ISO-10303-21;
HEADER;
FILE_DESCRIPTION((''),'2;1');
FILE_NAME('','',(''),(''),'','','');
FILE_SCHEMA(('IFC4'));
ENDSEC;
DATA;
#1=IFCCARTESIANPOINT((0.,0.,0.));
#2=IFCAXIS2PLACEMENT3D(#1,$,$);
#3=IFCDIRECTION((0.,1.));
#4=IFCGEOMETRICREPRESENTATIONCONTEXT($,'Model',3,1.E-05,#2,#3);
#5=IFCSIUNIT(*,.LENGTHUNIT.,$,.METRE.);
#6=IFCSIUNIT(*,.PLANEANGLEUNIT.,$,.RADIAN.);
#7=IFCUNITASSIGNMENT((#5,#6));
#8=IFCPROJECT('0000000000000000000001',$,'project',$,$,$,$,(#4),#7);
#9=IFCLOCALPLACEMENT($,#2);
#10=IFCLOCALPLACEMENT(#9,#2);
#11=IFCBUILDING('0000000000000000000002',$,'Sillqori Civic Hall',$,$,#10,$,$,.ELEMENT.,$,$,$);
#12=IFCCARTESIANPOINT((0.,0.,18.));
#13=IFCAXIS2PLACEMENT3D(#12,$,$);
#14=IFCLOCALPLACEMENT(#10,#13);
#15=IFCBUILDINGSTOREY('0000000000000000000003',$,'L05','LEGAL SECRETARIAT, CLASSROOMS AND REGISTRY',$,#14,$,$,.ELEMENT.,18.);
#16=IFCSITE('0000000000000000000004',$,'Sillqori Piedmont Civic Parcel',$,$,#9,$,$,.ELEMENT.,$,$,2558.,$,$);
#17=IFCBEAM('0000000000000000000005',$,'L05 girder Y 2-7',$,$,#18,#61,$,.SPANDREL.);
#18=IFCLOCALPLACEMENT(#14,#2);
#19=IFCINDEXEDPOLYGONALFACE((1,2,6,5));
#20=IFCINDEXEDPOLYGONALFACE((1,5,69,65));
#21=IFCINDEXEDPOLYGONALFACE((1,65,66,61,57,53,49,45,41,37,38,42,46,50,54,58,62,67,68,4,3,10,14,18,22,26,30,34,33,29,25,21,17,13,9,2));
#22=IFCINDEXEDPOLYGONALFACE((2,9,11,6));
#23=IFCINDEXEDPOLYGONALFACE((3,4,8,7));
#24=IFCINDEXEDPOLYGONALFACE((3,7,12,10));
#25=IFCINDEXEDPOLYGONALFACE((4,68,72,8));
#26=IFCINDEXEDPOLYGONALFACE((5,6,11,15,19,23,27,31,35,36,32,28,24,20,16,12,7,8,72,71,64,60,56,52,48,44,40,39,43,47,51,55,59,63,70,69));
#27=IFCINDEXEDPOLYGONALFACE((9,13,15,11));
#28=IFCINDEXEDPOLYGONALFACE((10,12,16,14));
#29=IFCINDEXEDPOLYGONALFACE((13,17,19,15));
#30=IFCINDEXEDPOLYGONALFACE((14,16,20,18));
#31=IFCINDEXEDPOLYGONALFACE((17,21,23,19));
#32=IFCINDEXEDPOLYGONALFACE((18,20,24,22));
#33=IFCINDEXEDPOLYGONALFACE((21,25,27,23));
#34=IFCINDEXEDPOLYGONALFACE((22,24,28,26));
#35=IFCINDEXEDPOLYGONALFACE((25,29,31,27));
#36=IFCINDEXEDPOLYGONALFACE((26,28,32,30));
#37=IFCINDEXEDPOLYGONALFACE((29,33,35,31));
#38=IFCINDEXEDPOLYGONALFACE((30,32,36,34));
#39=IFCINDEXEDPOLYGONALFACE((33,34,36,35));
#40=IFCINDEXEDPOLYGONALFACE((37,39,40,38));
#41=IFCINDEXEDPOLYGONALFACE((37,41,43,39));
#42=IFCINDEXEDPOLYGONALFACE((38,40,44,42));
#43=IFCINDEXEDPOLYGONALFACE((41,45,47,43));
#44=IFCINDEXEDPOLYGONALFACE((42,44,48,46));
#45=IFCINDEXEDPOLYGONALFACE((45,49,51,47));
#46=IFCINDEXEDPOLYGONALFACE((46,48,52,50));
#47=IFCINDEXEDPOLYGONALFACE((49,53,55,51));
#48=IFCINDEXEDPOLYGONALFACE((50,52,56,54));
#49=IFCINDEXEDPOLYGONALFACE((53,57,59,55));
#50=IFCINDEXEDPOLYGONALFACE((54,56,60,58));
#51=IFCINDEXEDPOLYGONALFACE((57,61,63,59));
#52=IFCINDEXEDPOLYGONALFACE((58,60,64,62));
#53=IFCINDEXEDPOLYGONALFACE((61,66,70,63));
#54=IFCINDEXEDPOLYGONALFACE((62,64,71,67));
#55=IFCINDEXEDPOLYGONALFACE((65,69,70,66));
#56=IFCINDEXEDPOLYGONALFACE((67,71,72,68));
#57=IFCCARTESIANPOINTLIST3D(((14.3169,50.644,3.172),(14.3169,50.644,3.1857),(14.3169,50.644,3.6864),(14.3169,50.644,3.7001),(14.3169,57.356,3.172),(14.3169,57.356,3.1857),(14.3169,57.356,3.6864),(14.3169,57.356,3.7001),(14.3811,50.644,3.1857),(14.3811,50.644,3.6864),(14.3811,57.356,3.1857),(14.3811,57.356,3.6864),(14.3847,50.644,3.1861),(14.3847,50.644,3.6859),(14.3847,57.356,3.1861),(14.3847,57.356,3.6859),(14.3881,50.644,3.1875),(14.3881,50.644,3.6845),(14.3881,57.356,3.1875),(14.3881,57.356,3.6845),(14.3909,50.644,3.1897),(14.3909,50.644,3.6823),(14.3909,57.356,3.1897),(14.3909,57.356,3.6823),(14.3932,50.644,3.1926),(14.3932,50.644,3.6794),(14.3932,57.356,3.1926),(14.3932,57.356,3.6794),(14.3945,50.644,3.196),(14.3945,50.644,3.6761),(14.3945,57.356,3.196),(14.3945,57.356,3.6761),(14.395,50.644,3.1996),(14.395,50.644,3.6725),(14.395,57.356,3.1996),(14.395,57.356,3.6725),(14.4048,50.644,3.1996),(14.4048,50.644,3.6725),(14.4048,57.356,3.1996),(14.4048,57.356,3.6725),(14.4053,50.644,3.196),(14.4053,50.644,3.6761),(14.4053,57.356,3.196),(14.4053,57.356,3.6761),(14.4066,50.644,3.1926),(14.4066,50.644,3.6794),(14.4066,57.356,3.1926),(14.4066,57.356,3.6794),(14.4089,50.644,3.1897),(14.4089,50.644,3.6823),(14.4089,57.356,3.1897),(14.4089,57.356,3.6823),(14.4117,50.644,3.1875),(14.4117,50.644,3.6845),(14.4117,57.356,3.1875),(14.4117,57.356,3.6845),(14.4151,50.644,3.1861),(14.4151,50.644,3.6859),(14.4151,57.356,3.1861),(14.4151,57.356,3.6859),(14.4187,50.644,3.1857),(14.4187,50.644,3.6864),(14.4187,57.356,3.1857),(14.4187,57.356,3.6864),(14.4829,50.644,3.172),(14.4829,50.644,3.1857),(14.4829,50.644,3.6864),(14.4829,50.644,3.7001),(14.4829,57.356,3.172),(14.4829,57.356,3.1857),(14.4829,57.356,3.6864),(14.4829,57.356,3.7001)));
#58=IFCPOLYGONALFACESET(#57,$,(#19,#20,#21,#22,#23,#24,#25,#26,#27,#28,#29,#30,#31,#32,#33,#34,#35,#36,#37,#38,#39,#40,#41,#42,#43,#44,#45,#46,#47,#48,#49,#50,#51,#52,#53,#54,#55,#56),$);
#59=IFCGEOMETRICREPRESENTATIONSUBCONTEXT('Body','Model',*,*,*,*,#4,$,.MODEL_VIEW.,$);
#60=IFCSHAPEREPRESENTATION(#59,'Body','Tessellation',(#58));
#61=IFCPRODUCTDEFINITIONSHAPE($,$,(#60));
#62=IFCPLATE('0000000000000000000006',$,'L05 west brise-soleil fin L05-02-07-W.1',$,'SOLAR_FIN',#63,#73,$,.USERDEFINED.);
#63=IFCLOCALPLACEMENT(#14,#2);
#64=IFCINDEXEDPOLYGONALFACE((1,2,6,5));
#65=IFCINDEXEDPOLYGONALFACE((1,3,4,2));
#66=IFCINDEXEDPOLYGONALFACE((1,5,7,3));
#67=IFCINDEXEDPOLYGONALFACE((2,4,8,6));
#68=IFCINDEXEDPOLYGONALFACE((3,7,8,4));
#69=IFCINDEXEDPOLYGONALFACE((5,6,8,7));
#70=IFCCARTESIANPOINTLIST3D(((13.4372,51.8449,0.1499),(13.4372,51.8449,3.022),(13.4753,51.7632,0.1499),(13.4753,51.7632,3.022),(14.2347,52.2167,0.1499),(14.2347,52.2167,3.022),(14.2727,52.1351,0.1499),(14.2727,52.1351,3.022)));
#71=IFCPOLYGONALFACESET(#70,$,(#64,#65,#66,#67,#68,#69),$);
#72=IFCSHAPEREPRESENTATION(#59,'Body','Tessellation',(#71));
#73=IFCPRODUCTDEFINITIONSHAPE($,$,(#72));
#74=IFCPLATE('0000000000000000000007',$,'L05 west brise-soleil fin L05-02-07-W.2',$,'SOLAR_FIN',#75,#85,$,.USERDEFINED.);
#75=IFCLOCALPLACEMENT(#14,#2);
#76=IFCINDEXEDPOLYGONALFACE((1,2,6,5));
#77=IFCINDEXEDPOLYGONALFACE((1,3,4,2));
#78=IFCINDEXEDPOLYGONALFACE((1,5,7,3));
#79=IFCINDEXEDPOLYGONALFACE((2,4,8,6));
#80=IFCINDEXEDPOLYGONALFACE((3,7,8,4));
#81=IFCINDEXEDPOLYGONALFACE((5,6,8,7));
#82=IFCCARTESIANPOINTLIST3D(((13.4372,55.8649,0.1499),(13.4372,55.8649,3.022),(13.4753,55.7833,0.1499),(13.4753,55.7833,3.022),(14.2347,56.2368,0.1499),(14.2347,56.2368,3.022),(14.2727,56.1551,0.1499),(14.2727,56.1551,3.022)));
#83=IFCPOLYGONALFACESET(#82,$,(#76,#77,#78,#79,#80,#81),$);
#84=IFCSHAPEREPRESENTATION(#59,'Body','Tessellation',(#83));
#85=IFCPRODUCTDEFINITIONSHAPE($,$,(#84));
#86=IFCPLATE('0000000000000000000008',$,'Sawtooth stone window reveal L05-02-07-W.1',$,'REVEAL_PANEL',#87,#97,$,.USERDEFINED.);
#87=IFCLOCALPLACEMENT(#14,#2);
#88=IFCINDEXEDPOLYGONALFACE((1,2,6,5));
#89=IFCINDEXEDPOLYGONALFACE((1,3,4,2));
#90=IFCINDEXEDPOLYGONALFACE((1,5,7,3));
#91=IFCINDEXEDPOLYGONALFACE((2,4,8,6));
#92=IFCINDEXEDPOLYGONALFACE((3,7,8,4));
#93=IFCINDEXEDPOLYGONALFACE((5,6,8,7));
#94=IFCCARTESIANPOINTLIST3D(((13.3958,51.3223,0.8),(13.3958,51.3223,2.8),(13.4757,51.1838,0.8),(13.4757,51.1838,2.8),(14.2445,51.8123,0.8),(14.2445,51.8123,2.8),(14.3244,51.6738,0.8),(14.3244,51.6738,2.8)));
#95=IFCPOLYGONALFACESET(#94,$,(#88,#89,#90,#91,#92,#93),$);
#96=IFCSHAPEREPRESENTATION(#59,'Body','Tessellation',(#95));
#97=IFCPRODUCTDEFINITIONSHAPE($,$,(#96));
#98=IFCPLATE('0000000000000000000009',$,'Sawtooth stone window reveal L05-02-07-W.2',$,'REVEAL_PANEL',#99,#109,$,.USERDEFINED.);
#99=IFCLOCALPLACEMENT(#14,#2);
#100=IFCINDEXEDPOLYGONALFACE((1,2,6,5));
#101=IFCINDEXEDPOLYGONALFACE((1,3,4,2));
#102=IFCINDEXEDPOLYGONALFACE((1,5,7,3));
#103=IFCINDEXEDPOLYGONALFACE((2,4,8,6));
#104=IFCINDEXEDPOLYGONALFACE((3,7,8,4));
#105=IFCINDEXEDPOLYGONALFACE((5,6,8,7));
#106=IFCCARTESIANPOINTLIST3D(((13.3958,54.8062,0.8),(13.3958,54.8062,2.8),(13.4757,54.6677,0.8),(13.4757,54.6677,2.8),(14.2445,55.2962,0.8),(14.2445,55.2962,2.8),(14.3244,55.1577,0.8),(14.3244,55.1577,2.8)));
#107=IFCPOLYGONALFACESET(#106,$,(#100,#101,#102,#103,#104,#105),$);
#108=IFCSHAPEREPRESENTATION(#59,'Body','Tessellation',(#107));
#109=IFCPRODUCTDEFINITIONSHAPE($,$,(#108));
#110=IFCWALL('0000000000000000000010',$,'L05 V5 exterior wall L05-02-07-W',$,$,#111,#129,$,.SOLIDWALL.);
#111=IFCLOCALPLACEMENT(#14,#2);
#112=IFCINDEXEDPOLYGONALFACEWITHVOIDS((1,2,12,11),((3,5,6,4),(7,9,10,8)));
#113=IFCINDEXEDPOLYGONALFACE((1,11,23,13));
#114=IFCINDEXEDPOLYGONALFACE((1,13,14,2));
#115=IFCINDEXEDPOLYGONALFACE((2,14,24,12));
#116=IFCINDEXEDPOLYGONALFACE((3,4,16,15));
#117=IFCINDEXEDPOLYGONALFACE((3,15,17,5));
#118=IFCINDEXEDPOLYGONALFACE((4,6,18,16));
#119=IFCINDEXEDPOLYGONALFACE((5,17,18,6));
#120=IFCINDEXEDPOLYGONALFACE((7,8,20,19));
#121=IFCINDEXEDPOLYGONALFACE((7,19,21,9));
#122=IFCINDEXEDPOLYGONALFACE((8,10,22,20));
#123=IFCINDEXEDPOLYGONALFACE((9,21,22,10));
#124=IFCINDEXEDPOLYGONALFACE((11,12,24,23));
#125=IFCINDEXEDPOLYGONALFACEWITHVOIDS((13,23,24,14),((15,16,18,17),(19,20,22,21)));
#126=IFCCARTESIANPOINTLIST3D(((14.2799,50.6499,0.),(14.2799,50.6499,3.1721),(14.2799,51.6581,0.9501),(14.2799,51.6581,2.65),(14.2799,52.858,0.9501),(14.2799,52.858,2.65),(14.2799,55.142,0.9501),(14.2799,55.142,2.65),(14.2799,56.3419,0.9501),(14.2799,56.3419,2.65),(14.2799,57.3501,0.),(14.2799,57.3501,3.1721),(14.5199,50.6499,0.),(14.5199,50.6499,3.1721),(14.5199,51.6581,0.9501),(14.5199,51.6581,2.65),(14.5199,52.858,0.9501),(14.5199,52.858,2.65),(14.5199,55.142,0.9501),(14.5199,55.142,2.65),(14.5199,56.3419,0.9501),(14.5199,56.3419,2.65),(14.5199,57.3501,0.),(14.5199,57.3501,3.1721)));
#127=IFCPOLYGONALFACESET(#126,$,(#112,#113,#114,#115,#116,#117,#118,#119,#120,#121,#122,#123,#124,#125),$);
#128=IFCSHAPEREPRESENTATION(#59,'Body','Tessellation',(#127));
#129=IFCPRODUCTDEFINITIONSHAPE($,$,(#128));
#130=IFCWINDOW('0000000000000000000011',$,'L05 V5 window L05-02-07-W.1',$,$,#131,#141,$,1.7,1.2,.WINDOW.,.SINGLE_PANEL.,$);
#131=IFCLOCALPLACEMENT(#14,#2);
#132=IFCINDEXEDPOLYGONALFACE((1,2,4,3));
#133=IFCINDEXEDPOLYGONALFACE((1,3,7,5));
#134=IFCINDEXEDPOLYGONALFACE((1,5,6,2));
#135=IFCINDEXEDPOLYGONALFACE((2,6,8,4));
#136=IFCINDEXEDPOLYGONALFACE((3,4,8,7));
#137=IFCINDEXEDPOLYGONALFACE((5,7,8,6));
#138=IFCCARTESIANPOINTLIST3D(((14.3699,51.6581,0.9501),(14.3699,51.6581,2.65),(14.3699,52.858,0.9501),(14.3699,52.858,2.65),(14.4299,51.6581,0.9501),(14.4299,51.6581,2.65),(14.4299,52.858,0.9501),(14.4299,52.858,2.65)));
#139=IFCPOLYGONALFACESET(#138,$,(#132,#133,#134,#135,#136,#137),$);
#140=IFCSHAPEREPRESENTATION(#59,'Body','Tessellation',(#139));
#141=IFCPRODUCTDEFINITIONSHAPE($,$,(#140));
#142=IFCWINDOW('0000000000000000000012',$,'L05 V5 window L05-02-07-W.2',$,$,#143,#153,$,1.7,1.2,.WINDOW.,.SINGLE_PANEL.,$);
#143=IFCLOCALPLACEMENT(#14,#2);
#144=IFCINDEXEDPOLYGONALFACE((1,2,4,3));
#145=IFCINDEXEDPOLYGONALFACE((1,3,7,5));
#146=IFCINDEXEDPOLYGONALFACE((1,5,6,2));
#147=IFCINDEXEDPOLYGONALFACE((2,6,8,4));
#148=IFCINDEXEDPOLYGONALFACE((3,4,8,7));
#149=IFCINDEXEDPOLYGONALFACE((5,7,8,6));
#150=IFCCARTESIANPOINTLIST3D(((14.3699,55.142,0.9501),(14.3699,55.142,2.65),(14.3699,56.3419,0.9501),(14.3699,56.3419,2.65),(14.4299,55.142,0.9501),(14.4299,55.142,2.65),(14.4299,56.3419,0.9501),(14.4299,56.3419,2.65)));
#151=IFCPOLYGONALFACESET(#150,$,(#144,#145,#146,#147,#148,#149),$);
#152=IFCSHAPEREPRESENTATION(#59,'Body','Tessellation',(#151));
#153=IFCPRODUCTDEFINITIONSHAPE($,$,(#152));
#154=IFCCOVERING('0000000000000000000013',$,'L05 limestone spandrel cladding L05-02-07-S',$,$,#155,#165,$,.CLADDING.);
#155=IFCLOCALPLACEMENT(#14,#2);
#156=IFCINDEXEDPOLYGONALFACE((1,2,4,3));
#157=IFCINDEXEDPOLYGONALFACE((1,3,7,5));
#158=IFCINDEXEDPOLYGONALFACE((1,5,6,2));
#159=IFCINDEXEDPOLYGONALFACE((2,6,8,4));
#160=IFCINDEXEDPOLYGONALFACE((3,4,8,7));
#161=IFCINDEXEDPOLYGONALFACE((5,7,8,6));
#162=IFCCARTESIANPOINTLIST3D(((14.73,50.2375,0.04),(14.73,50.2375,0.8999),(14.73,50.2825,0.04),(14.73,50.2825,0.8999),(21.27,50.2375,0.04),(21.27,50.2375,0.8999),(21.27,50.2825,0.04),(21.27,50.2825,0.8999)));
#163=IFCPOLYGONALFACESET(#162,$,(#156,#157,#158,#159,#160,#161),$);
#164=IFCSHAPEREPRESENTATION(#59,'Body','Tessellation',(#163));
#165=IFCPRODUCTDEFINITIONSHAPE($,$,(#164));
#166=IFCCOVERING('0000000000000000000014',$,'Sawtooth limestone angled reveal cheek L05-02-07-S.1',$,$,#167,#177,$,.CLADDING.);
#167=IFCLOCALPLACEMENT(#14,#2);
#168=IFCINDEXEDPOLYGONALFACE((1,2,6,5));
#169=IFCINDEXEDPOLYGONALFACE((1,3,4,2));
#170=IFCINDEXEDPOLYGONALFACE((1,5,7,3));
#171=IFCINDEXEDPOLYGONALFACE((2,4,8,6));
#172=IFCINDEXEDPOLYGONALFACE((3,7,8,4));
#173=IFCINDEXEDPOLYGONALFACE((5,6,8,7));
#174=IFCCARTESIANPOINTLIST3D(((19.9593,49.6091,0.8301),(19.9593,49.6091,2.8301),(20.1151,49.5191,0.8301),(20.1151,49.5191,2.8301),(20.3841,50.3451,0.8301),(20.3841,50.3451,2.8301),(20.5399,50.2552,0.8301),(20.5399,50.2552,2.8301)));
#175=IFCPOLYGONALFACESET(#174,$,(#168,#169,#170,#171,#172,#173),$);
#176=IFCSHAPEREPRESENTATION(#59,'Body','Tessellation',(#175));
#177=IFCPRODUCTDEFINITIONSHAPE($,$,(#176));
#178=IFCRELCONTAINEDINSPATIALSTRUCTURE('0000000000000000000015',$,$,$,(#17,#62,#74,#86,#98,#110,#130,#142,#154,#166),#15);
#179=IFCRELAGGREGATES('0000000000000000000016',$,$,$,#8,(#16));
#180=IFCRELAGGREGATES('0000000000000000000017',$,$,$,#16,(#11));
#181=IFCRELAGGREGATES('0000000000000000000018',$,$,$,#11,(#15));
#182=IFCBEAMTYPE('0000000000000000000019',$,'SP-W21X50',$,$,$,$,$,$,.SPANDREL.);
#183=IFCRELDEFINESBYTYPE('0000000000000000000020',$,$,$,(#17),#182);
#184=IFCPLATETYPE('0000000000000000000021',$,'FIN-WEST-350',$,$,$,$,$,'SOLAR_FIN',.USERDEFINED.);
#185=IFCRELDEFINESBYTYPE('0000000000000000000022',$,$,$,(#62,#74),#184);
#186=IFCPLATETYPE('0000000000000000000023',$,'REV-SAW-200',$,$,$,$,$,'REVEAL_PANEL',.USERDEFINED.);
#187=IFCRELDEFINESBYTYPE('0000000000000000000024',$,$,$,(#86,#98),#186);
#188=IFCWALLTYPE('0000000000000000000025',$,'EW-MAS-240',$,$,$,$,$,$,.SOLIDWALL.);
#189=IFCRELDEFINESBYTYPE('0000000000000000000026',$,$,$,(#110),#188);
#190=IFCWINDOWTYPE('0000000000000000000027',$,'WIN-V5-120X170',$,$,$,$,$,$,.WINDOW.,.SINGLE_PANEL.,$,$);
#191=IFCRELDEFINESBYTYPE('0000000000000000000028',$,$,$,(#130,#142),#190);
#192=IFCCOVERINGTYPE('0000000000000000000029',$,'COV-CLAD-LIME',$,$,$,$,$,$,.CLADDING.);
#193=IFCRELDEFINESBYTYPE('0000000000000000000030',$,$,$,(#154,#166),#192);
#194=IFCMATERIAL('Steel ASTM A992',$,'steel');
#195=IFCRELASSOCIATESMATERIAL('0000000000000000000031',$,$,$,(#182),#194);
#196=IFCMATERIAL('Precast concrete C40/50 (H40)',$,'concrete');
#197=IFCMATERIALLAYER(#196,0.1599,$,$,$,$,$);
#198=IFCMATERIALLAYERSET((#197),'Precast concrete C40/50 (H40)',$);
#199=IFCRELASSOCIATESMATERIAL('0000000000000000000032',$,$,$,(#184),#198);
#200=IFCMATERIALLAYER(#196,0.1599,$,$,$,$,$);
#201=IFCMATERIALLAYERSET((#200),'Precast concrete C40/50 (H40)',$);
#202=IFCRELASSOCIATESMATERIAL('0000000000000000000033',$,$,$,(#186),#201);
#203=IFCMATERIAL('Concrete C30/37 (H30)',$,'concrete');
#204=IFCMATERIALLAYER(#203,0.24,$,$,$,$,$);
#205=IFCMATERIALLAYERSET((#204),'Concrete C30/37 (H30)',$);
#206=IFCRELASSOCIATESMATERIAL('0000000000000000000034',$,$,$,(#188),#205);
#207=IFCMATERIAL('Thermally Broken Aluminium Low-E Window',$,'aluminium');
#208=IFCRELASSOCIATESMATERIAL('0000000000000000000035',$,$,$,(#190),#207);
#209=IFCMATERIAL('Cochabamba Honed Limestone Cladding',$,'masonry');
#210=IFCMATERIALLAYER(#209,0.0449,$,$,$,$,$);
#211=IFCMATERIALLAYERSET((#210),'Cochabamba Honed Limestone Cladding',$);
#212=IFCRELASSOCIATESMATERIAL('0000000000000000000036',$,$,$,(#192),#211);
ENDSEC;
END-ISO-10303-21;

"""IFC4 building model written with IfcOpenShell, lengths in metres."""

from ifc_helpers import new_model, si_unit, direction, frame, frame_2d, origin, origin_2d, place, context, subcontext, project, spatial, rectangle, i_section, extrude, material, layer, layer_set, material_profile, profile_set, type_object, element, fill, save


model = new_model("IFC4")

# Units and contexts
model_context = context("Model", 3, precision=1e-05, world=origin(), true_north=direction((0.0, 1.0)))
body_context = subcontext(model_context, "Body", "Model", "MODEL_VIEW")
ifc_project = project(units=[si_unit("LENGTHUNIT", "METRE"), si_unit("PLANEANGLEUNIT", "RADIAN")], contexts=[model_context])

# Site, building, storey
site_placement = place(None, origin())
site = spatial("IfcSite", under=ifc_project, at=site_placement, Name="Sillqori Piedmont Civic Parcel", CompositionType="ELEMENT", RefElevation=2558.0)
building_placement = place(site_placement, origin())
building = spatial("IfcBuilding", under=site, at=building_placement, Name="Sillqori Civic Hall", CompositionType="ELEMENT")
storey_placement = place(building_placement, frame((0.0, 0.0, 18.0)))
storey = spatial("IfcBuildingStorey", under=building, at=storey_placement, Name="L05", Description="LEGAL SECRETARIAT, CLASSROOMS AND REGISTRY", CompositionType="ELEMENT", Elevation=18.0)

# Beam
ifc_material_1 = material(Name="Steel ASTM A992", Category="steel")
ifc_material_profile_1 = material_profile(ifc_material_1, i_section(OverallWidth=0.166, OverallDepth=0.5281, WebThickness=0.0098, FlangeThickness=0.0137, FilletRadius=0.0139, at=origin_2d()), Name="W21X50")
ifc_profile_set_1 = profile_set([ifc_material_profile_1], Name="Steel ASTM A992")
beam_type_1 = type_object("IfcBeamType", Name="SP-W21X50", PredefinedType="SPANDREL", material=ifc_profile_set_1)
for number, where, z_axis, x_axis, name in (
    (1, (14.3999, 50.644, 3.436), (0.0, 1.0, 0.0), (-1.0, 0.0, 0.0), "L05 girder Y 2-7"),
):
    element("IfcBeam", number, at=place(storey_placement, frame(where, z_axis=z_axis, x_axis=x_axis)), inside=storey, type_object=beam_type_1, Name=name, PredefinedType="SPANDREL", context=body_context, shape_type="SweptSolid", body=[
        extrude(i_section(OverallWidth=0.166, OverallDepth=0.5281, WebThickness=0.0098, FlangeThickness=0.0137, FilletRadius=0.0139, at=origin_2d()), origin(), (0.0, 0.0, 1.0), 6.7119),
    ])

# Plates
ifc_material_2 = material(Name="Precast concrete C40/50 (H40)", Category="concrete")
ifc_layer_1 = layer(ifc_material_2, 0.1599)
ifc_layer_set_1 = layer_set([ifc_layer_1], Name="Precast concrete C40/50 (H40)")
plate_type_1 = type_object("IfcPlateType", Name="FIN-WEST-350", ElementType="SOLAR_FIN", PredefinedType="USERDEFINED", material=ifc_layer_set_1)
for number, where, z_axis, x_axis, name in (
    (2, (13.855, 51.99, 0.1499), (0.0, 0.0, 1.0), (-0.422618, 0.906308, 0.0), "L05 west brise-soleil fin L05-02-07-W.1"),
    (3, (13.855, 56.01, 0.1499), (0.0, 0.0, 1.0), (-0.422618, 0.906308, 0.0), "L05 west brise-soleil fin L05-02-07-W.2"),
):
    element("IfcPlate", number, at=place(storey_placement, frame(where, z_axis=z_axis, x_axis=x_axis)), inside=storey, type_object=plate_type_1, Name=name, ObjectType="SOLAR_FIN", PredefinedType="USERDEFINED", context=body_context, shape_type="SweptSolid", body=[
        extrude(rectangle(XDim=0.0901, YDim=0.8799, at=origin_2d()), origin(), (0.0, 0.0, 1.0), 2.8721),
    ])
ifc_layer_2 = layer(ifc_material_2, 0.1599)
ifc_layer_set_2 = layer_set([ifc_layer_2], Name="Precast concrete C40/50 (H40)")
plate_type_2 = type_object("IfcPlateType", Name="REV-SAW-200", ElementType="REVEAL_PANEL", PredefinedType="USERDEFINED", material=ifc_layer_set_2)
for number, where, z_axis, x_axis, name in (
    (4, (13.8601, 51.498, 0.8), (0.0, 0.0, 1.0), (-0.5, 0.866025, 0.0), "Sawtooth stone window reveal L05-02-07-W.1"),
    (5, (13.8601, 54.9819, 0.8), (0.0, 0.0, 1.0), (-0.5, 0.866025, 0.0), "Sawtooth stone window reveal L05-02-07-W.2"),
):
    element("IfcPlate", number, at=place(storey_placement, frame(where, z_axis=z_axis, x_axis=x_axis)), inside=storey, type_object=plate_type_2, Name=name, ObjectType="REVEAL_PANEL", PredefinedType="USERDEFINED", context=body_context, shape_type="SweptSolid", body=[
        extrude(rectangle(XDim=0.1599, YDim=0.98, at=origin_2d()), origin(), (0.0, 0.0, 1.0), 2.0),
    ])

# Wall, openings, windows
ifc_material_3 = material(Name="Concrete C30/37 (H30)", Category="concrete")
ifc_layer_3 = layer(ifc_material_3, 0.24)
ifc_layer_set_3 = layer_set([ifc_layer_3], Name="Concrete C30/37 (H30)")
wall_type = type_object("IfcWallType", Name="EW-MAS-240", PredefinedType="SOLIDWALL", material=ifc_layer_set_3)
wall_placement = place(storey_placement, frame((14.3999, 50.6499, 0.0), z_axis=(0.0, 0.0, 1.0), x_axis=(0.0, 1.0, 0.0)))
wall = element("IfcWall", 6, at=wall_placement, inside=storey, type_object=wall_type, Name="L05 V5 exterior wall L05-02-07-W", PredefinedType="SOLIDWALL", context=body_context, shape_type="SweptSolid", body=[
    extrude(rectangle(XDim=6.7002, YDim=0.24, at=frame_2d((3.3501, 0.0))), origin(), (0.0, 0.0, 1.0), 3.1721),
])
opening_1_placement = place(wall_placement, frame((1.0081, 0.0, 0.95)))
opening_1 = element("IfcOpeningElement", 7, at=opening_1_placement, cuts=wall, PredefinedType="OPENING", context=body_context, shape_type="SweptSolid", body=[
    extrude(rectangle(XDim=1.2, YDim=1.7, at=frame_2d((0.6001, 0.8501))), frame((0.0, 0.1299, 0.0), z_axis=(0.0, -1.0, 0.0), x_axis=(1.0, 0.0, 0.0)), (0.0, 0.0, 1.0), 0.26),
])
opening_2_placement = place(wall_placement, frame((4.4919, 0.0, 0.95)))
opening_2 = element("IfcOpeningElement", 8, at=opening_2_placement, cuts=wall, PredefinedType="OPENING", context=body_context, shape_type="SweptSolid", body=[
    extrude(rectangle(XDim=1.2, YDim=1.7, at=frame_2d((0.6001, 0.8501))), frame((0.0, 0.1299, 0.0), z_axis=(0.0, -1.0, 0.0), x_axis=(1.0, 0.0, 0.0)), (0.0, 0.0, 1.0), 0.26),
])
ifc_material_4 = material(Name="Thermally Broken Aluminium Low-E Window", Category="aluminium")
window_type = type_object("IfcWindowType", Name="WIN-V5-120X170", PartitioningType="SINGLE_PANEL", PredefinedType="WINDOW", material=ifc_material_4)
window_1_placement = place(opening_1_placement, origin())
window_1 = element("IfcWindow", 9, at=window_1_placement, inside=storey, type_object=window_type, Name="L05 V5 window L05-02-07-W.1", OverallHeight=1.7, OverallWidth=1.2, PartitioningType="SINGLE_PANEL", PredefinedType="WINDOW", context=body_context, shape_type="SweptSolid", body=[
    extrude(rectangle(XDim=1.2, YDim=1.7, at=frame_2d((0.6001, 0.8501))), frame((0.0, 0.03, 0.0), z_axis=(0.0, -1.0, 0.0), x_axis=(1.0, 0.0, 0.0)), (0.0, 0.0, 1.0), 0.0601),
])
fill(opening_1, window_1)
window_2_placement = place(opening_2_placement, origin())
window_2 = element("IfcWindow", 10, at=window_2_placement, inside=storey, type_object=window_type, Name="L05 V5 window L05-02-07-W.2", OverallHeight=1.7, OverallWidth=1.2, PartitioningType="SINGLE_PANEL", PredefinedType="WINDOW", context=body_context, shape_type="SweptSolid", body=[
    extrude(rectangle(XDim=1.2, YDim=1.7, at=frame_2d((0.6001, 0.8501))), frame((0.0, 0.03, 0.0), z_axis=(0.0, -1.0, 0.0), x_axis=(1.0, 0.0, 0.0)), (0.0, 0.0, 1.0), 0.0601),
])
fill(opening_2, window_2)

# Coverings
ifc_material_5 = material(Name="Cochabamba Honed Limestone Cladding", Category="masonry")
ifc_layer_4 = layer(ifc_material_5, 0.0449)
ifc_layer_set_4 = layer_set([ifc_layer_4], Name="Cochabamba Honed Limestone Cladding")
covering_type = type_object("IfcCoveringType", Name="COV-CLAD-LIME", PredefinedType="CLADDING", material=ifc_layer_set_4)
covering_1_placement = place(storey_placement, frame((21.27, 50.26, 0.04), z_axis=(0.0, 0.0, 1.0), x_axis=(-1.0, 0.0, 0.0)))
element("IfcCovering", 11, at=covering_1_placement, inside=storey, type_object=covering_type, Name="L05 limestone spandrel cladding L05-02-07-S", PredefinedType="CLADDING", context=body_context, shape_type="SweptSolid", body=[
    extrude(rectangle(XDim=6.54, YDim=0.0449, at=frame_2d((3.27, 0.0))), origin(), (0.0, 0.0, 1.0), 0.8599),
])
covering_2_placement = place(storey_placement, frame((20.4619, 50.3, 0.8301), z_axis=(0.0, 0.0, 1.0), x_axis=(-0.499847, -0.866114, 0.0)))
element("IfcCovering", 12, at=covering_2_placement, inside=storey, type_object=covering_type, Name="Sawtooth limestone angled reveal cheek L05-02-07-S.1", PredefinedType="CLADDING", context=body_context, shape_type="SweptSolid", body=[
    extrude(rectangle(XDim=0.8499, YDim=0.1799, at=frame_2d((0.4248, 0.0))), origin(), (0.0, 0.0, 1.0), 2.0),
])

save(model, "model.ifc")
